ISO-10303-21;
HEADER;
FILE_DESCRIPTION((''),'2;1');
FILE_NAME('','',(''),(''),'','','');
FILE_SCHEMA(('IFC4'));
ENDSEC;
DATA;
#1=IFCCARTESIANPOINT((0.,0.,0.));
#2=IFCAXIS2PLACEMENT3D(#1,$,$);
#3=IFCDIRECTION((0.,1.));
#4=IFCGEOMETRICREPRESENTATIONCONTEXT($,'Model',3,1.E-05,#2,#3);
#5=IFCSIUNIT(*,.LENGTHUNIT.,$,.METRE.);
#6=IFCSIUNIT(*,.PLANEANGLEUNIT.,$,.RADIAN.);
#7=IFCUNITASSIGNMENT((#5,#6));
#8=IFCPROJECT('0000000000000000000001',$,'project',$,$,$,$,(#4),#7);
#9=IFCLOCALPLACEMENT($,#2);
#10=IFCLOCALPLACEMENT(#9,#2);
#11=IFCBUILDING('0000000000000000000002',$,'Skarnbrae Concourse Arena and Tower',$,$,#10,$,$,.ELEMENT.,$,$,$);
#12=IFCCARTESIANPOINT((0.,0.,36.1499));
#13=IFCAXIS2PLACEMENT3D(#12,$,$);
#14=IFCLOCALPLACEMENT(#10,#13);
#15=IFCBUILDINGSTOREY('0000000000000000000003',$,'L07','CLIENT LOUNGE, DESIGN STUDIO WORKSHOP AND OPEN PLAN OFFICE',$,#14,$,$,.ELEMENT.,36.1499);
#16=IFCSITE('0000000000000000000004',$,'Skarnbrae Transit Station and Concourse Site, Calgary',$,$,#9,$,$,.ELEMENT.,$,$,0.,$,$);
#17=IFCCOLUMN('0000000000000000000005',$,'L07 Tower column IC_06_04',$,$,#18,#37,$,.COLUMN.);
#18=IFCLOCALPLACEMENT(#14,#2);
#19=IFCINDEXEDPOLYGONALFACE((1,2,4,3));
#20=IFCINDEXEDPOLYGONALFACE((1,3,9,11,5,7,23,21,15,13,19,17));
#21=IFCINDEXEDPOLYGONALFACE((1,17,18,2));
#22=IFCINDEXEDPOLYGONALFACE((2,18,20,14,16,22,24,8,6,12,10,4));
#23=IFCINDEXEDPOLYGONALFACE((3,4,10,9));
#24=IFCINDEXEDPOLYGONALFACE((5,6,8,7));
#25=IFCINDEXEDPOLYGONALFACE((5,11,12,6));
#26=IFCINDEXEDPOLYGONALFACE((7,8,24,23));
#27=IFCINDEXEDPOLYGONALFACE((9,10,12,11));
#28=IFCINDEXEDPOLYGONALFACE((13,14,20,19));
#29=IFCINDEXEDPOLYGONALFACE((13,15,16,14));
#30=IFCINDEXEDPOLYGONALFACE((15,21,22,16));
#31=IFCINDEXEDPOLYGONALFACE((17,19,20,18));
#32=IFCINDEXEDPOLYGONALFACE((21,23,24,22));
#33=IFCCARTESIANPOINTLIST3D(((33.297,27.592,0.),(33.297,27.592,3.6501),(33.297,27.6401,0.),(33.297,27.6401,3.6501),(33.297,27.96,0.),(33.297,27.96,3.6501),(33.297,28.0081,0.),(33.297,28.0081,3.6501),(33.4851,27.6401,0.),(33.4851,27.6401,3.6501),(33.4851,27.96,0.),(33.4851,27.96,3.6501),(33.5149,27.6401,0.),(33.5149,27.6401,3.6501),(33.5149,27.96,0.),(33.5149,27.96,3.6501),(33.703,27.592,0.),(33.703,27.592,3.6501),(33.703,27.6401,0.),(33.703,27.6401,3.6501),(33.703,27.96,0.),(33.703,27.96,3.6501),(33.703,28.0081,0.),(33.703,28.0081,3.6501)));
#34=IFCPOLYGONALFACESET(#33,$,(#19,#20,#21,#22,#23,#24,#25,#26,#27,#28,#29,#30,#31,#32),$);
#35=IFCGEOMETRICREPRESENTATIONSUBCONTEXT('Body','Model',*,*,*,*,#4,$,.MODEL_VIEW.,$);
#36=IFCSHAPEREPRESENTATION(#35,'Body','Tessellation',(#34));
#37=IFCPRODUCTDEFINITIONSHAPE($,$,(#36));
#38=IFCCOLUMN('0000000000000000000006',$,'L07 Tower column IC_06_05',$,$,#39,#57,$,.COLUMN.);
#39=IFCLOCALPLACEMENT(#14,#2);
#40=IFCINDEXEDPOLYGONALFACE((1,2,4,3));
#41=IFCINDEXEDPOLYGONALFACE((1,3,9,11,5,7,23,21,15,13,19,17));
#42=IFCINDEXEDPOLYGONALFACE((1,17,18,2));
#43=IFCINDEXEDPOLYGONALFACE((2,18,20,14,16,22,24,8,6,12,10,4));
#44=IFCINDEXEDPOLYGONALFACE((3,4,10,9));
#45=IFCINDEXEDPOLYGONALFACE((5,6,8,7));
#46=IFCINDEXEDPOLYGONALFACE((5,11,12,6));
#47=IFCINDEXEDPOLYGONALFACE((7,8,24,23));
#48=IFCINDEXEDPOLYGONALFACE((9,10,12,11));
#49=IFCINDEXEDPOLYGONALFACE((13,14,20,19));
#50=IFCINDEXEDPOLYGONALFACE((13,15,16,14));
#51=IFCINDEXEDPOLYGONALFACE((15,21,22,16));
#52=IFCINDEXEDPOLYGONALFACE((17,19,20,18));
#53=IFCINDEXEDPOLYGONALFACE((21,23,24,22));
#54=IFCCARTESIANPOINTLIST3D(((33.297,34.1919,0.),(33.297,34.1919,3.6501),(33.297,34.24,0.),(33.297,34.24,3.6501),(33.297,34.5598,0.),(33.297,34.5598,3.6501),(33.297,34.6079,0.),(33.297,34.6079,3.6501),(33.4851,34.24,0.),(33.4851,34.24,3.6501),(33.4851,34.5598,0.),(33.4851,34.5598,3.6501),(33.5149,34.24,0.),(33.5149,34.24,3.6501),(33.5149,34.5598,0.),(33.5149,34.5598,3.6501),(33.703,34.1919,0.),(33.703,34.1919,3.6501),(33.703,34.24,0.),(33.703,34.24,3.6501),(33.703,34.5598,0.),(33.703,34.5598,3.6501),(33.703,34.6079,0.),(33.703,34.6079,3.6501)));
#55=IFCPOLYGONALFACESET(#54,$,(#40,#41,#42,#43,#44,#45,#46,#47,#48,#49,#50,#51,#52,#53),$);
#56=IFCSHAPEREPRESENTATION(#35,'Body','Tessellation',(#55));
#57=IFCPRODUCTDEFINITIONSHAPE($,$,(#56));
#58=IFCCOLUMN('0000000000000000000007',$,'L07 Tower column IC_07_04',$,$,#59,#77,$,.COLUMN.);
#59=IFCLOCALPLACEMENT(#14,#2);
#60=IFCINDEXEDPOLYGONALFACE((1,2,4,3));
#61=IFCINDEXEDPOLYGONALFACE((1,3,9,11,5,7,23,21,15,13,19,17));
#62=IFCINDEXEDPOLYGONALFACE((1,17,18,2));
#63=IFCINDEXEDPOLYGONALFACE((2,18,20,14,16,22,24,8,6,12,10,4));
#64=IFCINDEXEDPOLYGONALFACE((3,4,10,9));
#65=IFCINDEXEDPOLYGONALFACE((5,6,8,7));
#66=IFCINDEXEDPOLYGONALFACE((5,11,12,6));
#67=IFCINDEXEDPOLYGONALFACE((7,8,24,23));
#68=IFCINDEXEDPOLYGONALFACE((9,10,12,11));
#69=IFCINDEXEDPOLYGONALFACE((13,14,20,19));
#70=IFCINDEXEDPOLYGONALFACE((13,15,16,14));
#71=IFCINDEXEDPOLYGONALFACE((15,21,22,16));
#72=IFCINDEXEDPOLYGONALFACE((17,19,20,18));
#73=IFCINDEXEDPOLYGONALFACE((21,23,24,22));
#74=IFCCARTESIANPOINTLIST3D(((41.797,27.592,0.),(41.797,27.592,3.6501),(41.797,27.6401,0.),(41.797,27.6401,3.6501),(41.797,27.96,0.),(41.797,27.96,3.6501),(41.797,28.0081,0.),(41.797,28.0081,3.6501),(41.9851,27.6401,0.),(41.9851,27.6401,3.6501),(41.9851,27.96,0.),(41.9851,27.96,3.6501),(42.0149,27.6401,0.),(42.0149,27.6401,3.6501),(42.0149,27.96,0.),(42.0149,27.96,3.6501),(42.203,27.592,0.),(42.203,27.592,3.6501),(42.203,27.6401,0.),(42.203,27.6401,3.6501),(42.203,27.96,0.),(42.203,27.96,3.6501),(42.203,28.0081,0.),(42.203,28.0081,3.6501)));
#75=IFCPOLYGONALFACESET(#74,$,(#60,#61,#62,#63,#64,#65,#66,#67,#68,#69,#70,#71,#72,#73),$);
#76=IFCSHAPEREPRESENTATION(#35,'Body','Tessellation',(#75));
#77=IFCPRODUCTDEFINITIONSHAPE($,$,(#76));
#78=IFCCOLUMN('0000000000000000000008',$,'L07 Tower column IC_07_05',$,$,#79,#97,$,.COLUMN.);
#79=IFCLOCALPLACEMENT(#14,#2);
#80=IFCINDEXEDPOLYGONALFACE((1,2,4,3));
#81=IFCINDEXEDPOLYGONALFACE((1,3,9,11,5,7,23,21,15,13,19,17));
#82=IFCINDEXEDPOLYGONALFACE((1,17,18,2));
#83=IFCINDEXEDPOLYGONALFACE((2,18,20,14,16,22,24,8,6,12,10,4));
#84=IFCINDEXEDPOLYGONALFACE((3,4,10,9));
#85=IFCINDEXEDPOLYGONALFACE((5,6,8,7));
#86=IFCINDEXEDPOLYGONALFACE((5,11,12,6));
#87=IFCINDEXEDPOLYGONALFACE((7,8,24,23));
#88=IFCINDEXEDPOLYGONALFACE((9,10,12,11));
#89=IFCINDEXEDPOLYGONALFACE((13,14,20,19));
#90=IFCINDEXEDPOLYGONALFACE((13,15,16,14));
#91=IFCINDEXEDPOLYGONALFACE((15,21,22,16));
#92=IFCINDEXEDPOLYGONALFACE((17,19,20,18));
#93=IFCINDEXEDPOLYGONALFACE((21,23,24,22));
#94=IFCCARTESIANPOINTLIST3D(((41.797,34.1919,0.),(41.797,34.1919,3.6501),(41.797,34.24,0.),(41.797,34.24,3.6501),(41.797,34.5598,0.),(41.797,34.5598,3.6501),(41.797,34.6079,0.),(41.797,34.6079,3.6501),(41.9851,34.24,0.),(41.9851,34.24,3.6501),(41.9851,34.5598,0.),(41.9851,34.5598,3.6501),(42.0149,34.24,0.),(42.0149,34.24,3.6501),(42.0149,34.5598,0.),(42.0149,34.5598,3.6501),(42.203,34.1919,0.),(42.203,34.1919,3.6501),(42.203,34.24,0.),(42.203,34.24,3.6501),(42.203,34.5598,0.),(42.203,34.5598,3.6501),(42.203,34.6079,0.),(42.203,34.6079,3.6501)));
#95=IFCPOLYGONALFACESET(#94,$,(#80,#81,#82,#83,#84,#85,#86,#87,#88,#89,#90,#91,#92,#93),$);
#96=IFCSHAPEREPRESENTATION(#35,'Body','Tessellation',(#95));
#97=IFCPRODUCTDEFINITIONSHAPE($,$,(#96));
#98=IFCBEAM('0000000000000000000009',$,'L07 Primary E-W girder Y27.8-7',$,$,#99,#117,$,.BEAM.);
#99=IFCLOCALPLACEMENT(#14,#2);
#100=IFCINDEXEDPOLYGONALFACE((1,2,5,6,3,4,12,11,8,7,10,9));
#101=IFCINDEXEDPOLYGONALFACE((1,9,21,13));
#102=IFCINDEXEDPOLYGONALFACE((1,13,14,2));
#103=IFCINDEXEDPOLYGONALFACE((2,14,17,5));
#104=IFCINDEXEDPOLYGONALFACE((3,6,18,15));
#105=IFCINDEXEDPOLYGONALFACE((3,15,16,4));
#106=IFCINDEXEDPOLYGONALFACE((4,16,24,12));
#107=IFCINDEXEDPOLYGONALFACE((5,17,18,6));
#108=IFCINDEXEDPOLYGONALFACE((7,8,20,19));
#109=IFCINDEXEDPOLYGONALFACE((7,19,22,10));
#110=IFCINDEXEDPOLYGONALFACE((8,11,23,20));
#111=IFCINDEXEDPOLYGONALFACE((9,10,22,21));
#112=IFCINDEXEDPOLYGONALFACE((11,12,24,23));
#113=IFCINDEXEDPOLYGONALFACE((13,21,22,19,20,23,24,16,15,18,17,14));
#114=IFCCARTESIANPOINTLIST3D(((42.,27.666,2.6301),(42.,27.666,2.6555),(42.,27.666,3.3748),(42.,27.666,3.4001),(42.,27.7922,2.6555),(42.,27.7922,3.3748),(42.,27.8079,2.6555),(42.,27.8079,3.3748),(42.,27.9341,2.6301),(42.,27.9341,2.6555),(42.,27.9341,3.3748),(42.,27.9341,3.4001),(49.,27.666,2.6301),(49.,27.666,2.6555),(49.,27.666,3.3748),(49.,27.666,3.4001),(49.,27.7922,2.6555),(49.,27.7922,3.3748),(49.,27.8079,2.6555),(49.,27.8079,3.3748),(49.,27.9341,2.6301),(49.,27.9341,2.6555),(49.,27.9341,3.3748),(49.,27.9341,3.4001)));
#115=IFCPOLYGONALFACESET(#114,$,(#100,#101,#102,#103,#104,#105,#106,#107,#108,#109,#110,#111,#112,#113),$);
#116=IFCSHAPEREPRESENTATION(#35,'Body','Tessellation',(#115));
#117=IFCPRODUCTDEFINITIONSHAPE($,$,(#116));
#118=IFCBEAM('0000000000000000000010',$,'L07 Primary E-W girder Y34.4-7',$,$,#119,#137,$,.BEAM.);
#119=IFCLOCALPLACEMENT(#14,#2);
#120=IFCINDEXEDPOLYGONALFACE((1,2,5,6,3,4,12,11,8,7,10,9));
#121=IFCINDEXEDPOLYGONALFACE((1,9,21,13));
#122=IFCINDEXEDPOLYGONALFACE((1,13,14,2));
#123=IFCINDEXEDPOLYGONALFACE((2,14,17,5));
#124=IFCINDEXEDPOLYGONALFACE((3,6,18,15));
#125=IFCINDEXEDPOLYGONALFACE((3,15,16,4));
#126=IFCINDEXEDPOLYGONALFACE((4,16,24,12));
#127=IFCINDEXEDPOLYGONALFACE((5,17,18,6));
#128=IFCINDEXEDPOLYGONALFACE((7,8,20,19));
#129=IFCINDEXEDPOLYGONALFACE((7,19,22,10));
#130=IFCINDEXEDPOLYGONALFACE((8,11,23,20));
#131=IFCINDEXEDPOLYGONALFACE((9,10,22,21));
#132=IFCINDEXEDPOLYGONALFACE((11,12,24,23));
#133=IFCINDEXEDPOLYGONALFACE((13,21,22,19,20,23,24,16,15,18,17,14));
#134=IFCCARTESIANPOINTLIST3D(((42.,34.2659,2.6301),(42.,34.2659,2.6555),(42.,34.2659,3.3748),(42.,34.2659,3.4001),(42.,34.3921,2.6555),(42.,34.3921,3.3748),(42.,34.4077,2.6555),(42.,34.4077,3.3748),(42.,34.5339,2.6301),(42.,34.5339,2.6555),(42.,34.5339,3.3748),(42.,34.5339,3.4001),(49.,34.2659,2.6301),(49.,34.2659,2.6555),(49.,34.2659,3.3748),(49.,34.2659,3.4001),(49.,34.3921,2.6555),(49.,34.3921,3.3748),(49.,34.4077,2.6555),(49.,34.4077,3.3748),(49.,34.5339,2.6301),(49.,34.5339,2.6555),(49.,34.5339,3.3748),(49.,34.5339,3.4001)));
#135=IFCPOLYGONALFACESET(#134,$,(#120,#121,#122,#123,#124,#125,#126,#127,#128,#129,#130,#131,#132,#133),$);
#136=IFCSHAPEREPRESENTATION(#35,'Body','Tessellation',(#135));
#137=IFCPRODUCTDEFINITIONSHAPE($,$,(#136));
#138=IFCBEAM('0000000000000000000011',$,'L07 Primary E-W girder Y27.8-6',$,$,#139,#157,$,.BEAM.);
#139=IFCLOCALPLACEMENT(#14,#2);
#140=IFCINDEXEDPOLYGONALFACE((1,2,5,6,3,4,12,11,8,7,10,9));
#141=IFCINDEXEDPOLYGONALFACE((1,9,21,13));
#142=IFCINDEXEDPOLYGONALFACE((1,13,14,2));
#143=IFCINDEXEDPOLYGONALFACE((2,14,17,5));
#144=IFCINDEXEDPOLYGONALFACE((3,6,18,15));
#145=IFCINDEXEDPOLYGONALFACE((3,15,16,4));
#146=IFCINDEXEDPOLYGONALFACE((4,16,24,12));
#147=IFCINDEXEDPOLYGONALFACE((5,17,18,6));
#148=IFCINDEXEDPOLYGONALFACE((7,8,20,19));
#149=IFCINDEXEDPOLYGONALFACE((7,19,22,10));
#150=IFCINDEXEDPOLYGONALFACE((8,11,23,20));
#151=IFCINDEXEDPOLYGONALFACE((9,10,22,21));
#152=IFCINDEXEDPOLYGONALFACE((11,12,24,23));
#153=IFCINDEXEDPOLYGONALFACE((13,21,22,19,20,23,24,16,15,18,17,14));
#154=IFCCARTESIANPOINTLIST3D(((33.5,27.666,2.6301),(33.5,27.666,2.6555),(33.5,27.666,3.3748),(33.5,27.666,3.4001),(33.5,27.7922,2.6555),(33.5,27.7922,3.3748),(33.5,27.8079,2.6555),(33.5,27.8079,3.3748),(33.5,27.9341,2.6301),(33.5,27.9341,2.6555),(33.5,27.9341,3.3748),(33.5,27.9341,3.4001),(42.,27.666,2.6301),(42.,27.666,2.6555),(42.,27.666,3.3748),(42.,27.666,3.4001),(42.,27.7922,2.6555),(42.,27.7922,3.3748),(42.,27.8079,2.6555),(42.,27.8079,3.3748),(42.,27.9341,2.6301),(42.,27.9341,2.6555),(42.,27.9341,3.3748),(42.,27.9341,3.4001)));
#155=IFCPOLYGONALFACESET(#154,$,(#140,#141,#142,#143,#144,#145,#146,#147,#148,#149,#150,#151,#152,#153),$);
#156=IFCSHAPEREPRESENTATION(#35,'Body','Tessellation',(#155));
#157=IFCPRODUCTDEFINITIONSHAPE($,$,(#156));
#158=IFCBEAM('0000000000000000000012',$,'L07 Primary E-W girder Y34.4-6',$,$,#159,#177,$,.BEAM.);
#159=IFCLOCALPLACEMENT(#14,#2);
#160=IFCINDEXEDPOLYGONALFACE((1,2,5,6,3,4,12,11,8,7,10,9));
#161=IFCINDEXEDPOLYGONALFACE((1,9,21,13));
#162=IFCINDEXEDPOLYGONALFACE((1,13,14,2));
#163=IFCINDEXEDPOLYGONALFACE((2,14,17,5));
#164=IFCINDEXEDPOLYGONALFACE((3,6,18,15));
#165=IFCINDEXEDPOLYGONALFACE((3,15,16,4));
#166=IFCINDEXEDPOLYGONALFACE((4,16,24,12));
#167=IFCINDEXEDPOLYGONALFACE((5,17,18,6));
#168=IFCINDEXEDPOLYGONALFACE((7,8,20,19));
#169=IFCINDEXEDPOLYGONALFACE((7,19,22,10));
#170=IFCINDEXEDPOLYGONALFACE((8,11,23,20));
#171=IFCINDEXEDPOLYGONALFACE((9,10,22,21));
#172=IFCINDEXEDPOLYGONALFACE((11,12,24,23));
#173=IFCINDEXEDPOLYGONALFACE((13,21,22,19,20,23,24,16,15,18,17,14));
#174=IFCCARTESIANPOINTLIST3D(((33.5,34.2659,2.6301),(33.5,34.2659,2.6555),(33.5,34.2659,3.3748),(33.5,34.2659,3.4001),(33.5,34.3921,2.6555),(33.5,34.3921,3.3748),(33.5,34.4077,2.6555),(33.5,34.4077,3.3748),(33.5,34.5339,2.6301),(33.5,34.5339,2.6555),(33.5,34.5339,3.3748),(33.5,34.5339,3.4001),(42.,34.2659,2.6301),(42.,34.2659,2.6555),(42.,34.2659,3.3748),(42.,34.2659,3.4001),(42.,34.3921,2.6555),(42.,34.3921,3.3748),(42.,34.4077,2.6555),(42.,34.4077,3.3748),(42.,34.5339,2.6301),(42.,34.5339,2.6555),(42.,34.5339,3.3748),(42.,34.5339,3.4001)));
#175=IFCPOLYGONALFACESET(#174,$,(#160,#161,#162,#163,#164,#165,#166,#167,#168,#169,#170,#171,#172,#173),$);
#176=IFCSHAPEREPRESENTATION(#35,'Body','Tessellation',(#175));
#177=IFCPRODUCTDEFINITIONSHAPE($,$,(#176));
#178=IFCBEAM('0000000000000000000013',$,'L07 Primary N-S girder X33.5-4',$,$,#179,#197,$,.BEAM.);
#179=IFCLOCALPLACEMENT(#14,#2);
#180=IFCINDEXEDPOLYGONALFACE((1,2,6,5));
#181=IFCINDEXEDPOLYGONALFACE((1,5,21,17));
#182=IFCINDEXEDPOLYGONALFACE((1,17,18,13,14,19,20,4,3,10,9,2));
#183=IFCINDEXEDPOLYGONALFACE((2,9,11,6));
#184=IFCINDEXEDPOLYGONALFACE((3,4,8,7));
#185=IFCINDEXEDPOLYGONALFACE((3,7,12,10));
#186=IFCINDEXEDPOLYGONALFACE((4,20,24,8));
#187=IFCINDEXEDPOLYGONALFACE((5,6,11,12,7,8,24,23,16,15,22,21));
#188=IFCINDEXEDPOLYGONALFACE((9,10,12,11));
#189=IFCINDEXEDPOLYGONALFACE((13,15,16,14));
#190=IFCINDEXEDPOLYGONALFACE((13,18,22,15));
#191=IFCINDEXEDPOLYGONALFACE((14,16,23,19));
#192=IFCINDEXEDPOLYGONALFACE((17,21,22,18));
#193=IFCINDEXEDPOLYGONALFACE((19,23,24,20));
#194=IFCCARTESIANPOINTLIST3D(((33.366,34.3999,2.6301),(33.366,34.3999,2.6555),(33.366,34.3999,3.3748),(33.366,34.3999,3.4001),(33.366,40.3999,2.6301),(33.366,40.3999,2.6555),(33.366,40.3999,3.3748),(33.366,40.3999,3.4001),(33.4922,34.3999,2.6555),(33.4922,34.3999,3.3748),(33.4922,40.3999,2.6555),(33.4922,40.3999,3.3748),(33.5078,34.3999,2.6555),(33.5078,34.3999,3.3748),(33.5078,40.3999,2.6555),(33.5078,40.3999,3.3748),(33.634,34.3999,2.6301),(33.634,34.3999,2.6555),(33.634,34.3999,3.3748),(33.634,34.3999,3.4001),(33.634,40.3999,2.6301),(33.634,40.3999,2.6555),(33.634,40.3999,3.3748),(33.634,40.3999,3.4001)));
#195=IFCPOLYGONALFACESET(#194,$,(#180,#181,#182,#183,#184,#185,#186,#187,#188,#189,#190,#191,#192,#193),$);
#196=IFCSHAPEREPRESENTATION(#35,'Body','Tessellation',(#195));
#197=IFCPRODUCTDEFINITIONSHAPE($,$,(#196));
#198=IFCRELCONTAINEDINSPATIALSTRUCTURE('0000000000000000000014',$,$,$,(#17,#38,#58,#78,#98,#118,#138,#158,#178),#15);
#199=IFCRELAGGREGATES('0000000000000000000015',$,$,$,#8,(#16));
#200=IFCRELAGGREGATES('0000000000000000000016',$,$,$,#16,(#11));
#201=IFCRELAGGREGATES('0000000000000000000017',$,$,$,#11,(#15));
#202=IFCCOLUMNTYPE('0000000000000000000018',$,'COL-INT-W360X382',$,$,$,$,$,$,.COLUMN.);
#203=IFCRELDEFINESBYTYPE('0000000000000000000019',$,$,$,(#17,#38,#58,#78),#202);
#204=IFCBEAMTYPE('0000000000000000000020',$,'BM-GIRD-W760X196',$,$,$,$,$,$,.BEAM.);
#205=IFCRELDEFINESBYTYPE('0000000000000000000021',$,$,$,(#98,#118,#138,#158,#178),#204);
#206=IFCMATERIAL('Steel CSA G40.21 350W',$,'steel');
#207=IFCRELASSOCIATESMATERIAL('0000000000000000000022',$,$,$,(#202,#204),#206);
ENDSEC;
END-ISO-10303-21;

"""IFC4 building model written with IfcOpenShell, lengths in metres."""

from ifc_helpers import new_model, si_unit, direction, frame, origin, origin_2d, place, context, subcontext, project, spatial, i_section, extrude, source, transform, mapped, material, material_profile, profile_set, type_object, element, save


model = new_model("IFC4")

# Units and contexts
model_context = context("Model", 3, precision=1e-05, world=origin(), true_north=direction((0.0, 1.0)))
body_context = subcontext(model_context, "Body", "Model", "MODEL_VIEW")
ifc_project = project(units=[si_unit("LENGTHUNIT", "METRE"), si_unit("PLANEANGLEUNIT", "RADIAN")], contexts=[model_context])

# Site, building, storey
site_placement = place(None, origin())
site = spatial("IfcSite", under=ifc_project, at=site_placement, Name="Skarnbrae Transit Station and Concourse Site, Calgary", CompositionType="ELEMENT", RefElevation=0.0)
building_placement = place(site_placement, origin())
building = spatial("IfcBuilding", under=site, at=building_placement, Name="Skarnbrae Concourse Arena and Tower", CompositionType="ELEMENT")
storey_placement = place(building_placement, frame((0.0, 0.0, 36.1499)))
storey = spatial("IfcBuildingStorey", under=building, at=storey_placement, Name="L07", Description="CLIENT LOUNGE, DESIGN STUDIO WORKSHOP AND OPEN PLAN OFFICE", CompositionType="ELEMENT", Elevation=36.1499)

# Columns
ifc_material_1 = material(Name="Steel CSA G40.21 350W", Category="steel")
ifc_material_profile_1 = material_profile(ifc_material_1, i_section(OverallWidth=0.406, OverallDepth=0.416, WebThickness=0.0298, FlangeThickness=0.0481, at=origin_2d()), Name="W360X382")
ifc_profile_set_1 = profile_set([ifc_material_profile_1], Name="Steel CSA G40.21 350W")
column_type = type_object("IfcColumnType", Name="COL-INT-W360X382", PredefinedType="COLUMN", material=ifc_profile_set_1)
shared_shape_1 = source(origin(), body_context, "Body", "SweptSolid", [
    extrude(i_section(OverallWidth=0.406, OverallDepth=0.416, WebThickness=0.0298, FlangeThickness=0.0481, at=origin_2d()), origin(), (0.0, 0.0, 1.0), 3.6501),
])
for number, where, z_axis, x_axis, name in (
    (1, (33.5, 27.8, 0.0), (0.0, 0.0, 1.0), (1.0, 0.0, 0.0), "L07 Tower column IC_06_04"),
    (2, (33.5, 34.3999, 0.0), (0.0, 0.0, 1.0), (1.0, 0.0, 0.0), "L07 Tower column IC_06_05"),
    (3, (42.0, 27.8, 0.0), (0.0, 0.0, 1.0), (1.0, 0.0, 0.0), "L07 Tower column IC_07_04"),
    (4, (42.0, 34.3999, 0.0), (0.0, 0.0, 1.0), (1.0, 0.0, 0.0), "L07 Tower column IC_07_05"),
):
    element("IfcColumn", number, at=place(storey_placement, frame(where, z_axis=z_axis, x_axis=x_axis)), inside=storey, type_object=column_type, Name=name, PredefinedType="COLUMN", context=body_context, shape_type="MappedRepresentation", body=[
        mapped(shared_shape_1, transform((0.0, 0.0, 0.0))),
    ])

# Beams
ifc_material_profile_2 = material_profile(ifc_material_1, i_section(OverallWidth=0.2681, OverallDepth=0.77, WebThickness=0.0156, FlangeThickness=0.0254, at=origin_2d()), Name="W760X196")
ifc_profile_set_2 = profile_set([ifc_material_profile_2], Name="Steel CSA G40.21 350W")
beam_type_1 = type_object("IfcBeamType", Name="BM-GIRD-W760X196", PredefinedType="BEAM", material=ifc_profile_set_2)
shared_shape_2 = source(origin(), body_context, "Body", "SweptSolid", [
    extrude(i_section(OverallWidth=0.2681, OverallDepth=0.77, WebThickness=0.0156, FlangeThickness=0.0254, at=origin_2d()), origin(), (0.0, 0.0, 1.0), 7.0),
])
for number, where, z_axis, x_axis, name in (
    (5, (42.0, 27.8, 3.0151), (1.0, 0.0, 0.0), (0.0, 1.0, 0.0), "L07 Primary E-W girder Y27.8-7"),
    (6, (42.0, 34.3999, 3.0151), (1.0, 0.0, 0.0), (0.0, 1.0, 0.0), "L07 Primary E-W girder Y34.4-7"),
):
    element("IfcBeam", number, at=place(storey_placement, frame(where, z_axis=z_axis, x_axis=x_axis)), inside=storey, type_object=beam_type_1, Name=name, PredefinedType="BEAM", context=body_context, shape_type="MappedRepresentation", body=[
        mapped(shared_shape_2, transform((0.0, 0.0, 0.0))),
    ])
shared_shape_3 = source(origin(), body_context, "Body", "SweptSolid", [
    extrude(i_section(OverallWidth=0.2681, OverallDepth=0.77, WebThickness=0.0156, FlangeThickness=0.0254, at=origin_2d()), origin(), (0.0, 0.0, 1.0), 8.5),
])
for number, where, z_axis, x_axis, name in (
    (7, (33.5, 27.8, 3.0151), (1.0, 0.0, 0.0), (0.0, 1.0, 0.0), "L07 Primary E-W girder Y27.8-6"),
    (8, (33.5, 34.3999, 3.0151), (1.0, 0.0, 0.0), (0.0, 1.0, 0.0), "L07 Primary E-W girder Y34.4-6"),
):
    element("IfcBeam", number, at=place(storey_placement, frame(where, z_axis=z_axis, x_axis=x_axis)), inside=storey, type_object=beam_type_1, Name=name, PredefinedType="BEAM", context=body_context, shape_type="MappedRepresentation", body=[
        mapped(shared_shape_3, transform((0.0, 0.0, 0.0))),
    ])
shared_shape_4 = source(origin(), body_context, "Body", "SweptSolid", [
    extrude(i_section(OverallWidth=0.2681, OverallDepth=0.77, WebThickness=0.0156, FlangeThickness=0.0254, at=origin_2d()), origin(), (0.0, 0.0, 1.0), 6.0),
])
beam_placement = place(storey_placement, frame((33.5, 34.3999, 3.0151), z_axis=(0.0, 1.0, 0.0), x_axis=(-1.0, 0.0, 0.0)))
element("IfcBeam", 9, at=beam_placement, inside=storey, type_object=beam_type_1, Name="L07 Primary N-S girder X33.5-4", PredefinedType="BEAM", context=body_context, shape_type="MappedRepresentation", body=[
    mapped(shared_shape_4, transform((0.0, 0.0, 0.0))),
])

save(model, "model.ifc")
